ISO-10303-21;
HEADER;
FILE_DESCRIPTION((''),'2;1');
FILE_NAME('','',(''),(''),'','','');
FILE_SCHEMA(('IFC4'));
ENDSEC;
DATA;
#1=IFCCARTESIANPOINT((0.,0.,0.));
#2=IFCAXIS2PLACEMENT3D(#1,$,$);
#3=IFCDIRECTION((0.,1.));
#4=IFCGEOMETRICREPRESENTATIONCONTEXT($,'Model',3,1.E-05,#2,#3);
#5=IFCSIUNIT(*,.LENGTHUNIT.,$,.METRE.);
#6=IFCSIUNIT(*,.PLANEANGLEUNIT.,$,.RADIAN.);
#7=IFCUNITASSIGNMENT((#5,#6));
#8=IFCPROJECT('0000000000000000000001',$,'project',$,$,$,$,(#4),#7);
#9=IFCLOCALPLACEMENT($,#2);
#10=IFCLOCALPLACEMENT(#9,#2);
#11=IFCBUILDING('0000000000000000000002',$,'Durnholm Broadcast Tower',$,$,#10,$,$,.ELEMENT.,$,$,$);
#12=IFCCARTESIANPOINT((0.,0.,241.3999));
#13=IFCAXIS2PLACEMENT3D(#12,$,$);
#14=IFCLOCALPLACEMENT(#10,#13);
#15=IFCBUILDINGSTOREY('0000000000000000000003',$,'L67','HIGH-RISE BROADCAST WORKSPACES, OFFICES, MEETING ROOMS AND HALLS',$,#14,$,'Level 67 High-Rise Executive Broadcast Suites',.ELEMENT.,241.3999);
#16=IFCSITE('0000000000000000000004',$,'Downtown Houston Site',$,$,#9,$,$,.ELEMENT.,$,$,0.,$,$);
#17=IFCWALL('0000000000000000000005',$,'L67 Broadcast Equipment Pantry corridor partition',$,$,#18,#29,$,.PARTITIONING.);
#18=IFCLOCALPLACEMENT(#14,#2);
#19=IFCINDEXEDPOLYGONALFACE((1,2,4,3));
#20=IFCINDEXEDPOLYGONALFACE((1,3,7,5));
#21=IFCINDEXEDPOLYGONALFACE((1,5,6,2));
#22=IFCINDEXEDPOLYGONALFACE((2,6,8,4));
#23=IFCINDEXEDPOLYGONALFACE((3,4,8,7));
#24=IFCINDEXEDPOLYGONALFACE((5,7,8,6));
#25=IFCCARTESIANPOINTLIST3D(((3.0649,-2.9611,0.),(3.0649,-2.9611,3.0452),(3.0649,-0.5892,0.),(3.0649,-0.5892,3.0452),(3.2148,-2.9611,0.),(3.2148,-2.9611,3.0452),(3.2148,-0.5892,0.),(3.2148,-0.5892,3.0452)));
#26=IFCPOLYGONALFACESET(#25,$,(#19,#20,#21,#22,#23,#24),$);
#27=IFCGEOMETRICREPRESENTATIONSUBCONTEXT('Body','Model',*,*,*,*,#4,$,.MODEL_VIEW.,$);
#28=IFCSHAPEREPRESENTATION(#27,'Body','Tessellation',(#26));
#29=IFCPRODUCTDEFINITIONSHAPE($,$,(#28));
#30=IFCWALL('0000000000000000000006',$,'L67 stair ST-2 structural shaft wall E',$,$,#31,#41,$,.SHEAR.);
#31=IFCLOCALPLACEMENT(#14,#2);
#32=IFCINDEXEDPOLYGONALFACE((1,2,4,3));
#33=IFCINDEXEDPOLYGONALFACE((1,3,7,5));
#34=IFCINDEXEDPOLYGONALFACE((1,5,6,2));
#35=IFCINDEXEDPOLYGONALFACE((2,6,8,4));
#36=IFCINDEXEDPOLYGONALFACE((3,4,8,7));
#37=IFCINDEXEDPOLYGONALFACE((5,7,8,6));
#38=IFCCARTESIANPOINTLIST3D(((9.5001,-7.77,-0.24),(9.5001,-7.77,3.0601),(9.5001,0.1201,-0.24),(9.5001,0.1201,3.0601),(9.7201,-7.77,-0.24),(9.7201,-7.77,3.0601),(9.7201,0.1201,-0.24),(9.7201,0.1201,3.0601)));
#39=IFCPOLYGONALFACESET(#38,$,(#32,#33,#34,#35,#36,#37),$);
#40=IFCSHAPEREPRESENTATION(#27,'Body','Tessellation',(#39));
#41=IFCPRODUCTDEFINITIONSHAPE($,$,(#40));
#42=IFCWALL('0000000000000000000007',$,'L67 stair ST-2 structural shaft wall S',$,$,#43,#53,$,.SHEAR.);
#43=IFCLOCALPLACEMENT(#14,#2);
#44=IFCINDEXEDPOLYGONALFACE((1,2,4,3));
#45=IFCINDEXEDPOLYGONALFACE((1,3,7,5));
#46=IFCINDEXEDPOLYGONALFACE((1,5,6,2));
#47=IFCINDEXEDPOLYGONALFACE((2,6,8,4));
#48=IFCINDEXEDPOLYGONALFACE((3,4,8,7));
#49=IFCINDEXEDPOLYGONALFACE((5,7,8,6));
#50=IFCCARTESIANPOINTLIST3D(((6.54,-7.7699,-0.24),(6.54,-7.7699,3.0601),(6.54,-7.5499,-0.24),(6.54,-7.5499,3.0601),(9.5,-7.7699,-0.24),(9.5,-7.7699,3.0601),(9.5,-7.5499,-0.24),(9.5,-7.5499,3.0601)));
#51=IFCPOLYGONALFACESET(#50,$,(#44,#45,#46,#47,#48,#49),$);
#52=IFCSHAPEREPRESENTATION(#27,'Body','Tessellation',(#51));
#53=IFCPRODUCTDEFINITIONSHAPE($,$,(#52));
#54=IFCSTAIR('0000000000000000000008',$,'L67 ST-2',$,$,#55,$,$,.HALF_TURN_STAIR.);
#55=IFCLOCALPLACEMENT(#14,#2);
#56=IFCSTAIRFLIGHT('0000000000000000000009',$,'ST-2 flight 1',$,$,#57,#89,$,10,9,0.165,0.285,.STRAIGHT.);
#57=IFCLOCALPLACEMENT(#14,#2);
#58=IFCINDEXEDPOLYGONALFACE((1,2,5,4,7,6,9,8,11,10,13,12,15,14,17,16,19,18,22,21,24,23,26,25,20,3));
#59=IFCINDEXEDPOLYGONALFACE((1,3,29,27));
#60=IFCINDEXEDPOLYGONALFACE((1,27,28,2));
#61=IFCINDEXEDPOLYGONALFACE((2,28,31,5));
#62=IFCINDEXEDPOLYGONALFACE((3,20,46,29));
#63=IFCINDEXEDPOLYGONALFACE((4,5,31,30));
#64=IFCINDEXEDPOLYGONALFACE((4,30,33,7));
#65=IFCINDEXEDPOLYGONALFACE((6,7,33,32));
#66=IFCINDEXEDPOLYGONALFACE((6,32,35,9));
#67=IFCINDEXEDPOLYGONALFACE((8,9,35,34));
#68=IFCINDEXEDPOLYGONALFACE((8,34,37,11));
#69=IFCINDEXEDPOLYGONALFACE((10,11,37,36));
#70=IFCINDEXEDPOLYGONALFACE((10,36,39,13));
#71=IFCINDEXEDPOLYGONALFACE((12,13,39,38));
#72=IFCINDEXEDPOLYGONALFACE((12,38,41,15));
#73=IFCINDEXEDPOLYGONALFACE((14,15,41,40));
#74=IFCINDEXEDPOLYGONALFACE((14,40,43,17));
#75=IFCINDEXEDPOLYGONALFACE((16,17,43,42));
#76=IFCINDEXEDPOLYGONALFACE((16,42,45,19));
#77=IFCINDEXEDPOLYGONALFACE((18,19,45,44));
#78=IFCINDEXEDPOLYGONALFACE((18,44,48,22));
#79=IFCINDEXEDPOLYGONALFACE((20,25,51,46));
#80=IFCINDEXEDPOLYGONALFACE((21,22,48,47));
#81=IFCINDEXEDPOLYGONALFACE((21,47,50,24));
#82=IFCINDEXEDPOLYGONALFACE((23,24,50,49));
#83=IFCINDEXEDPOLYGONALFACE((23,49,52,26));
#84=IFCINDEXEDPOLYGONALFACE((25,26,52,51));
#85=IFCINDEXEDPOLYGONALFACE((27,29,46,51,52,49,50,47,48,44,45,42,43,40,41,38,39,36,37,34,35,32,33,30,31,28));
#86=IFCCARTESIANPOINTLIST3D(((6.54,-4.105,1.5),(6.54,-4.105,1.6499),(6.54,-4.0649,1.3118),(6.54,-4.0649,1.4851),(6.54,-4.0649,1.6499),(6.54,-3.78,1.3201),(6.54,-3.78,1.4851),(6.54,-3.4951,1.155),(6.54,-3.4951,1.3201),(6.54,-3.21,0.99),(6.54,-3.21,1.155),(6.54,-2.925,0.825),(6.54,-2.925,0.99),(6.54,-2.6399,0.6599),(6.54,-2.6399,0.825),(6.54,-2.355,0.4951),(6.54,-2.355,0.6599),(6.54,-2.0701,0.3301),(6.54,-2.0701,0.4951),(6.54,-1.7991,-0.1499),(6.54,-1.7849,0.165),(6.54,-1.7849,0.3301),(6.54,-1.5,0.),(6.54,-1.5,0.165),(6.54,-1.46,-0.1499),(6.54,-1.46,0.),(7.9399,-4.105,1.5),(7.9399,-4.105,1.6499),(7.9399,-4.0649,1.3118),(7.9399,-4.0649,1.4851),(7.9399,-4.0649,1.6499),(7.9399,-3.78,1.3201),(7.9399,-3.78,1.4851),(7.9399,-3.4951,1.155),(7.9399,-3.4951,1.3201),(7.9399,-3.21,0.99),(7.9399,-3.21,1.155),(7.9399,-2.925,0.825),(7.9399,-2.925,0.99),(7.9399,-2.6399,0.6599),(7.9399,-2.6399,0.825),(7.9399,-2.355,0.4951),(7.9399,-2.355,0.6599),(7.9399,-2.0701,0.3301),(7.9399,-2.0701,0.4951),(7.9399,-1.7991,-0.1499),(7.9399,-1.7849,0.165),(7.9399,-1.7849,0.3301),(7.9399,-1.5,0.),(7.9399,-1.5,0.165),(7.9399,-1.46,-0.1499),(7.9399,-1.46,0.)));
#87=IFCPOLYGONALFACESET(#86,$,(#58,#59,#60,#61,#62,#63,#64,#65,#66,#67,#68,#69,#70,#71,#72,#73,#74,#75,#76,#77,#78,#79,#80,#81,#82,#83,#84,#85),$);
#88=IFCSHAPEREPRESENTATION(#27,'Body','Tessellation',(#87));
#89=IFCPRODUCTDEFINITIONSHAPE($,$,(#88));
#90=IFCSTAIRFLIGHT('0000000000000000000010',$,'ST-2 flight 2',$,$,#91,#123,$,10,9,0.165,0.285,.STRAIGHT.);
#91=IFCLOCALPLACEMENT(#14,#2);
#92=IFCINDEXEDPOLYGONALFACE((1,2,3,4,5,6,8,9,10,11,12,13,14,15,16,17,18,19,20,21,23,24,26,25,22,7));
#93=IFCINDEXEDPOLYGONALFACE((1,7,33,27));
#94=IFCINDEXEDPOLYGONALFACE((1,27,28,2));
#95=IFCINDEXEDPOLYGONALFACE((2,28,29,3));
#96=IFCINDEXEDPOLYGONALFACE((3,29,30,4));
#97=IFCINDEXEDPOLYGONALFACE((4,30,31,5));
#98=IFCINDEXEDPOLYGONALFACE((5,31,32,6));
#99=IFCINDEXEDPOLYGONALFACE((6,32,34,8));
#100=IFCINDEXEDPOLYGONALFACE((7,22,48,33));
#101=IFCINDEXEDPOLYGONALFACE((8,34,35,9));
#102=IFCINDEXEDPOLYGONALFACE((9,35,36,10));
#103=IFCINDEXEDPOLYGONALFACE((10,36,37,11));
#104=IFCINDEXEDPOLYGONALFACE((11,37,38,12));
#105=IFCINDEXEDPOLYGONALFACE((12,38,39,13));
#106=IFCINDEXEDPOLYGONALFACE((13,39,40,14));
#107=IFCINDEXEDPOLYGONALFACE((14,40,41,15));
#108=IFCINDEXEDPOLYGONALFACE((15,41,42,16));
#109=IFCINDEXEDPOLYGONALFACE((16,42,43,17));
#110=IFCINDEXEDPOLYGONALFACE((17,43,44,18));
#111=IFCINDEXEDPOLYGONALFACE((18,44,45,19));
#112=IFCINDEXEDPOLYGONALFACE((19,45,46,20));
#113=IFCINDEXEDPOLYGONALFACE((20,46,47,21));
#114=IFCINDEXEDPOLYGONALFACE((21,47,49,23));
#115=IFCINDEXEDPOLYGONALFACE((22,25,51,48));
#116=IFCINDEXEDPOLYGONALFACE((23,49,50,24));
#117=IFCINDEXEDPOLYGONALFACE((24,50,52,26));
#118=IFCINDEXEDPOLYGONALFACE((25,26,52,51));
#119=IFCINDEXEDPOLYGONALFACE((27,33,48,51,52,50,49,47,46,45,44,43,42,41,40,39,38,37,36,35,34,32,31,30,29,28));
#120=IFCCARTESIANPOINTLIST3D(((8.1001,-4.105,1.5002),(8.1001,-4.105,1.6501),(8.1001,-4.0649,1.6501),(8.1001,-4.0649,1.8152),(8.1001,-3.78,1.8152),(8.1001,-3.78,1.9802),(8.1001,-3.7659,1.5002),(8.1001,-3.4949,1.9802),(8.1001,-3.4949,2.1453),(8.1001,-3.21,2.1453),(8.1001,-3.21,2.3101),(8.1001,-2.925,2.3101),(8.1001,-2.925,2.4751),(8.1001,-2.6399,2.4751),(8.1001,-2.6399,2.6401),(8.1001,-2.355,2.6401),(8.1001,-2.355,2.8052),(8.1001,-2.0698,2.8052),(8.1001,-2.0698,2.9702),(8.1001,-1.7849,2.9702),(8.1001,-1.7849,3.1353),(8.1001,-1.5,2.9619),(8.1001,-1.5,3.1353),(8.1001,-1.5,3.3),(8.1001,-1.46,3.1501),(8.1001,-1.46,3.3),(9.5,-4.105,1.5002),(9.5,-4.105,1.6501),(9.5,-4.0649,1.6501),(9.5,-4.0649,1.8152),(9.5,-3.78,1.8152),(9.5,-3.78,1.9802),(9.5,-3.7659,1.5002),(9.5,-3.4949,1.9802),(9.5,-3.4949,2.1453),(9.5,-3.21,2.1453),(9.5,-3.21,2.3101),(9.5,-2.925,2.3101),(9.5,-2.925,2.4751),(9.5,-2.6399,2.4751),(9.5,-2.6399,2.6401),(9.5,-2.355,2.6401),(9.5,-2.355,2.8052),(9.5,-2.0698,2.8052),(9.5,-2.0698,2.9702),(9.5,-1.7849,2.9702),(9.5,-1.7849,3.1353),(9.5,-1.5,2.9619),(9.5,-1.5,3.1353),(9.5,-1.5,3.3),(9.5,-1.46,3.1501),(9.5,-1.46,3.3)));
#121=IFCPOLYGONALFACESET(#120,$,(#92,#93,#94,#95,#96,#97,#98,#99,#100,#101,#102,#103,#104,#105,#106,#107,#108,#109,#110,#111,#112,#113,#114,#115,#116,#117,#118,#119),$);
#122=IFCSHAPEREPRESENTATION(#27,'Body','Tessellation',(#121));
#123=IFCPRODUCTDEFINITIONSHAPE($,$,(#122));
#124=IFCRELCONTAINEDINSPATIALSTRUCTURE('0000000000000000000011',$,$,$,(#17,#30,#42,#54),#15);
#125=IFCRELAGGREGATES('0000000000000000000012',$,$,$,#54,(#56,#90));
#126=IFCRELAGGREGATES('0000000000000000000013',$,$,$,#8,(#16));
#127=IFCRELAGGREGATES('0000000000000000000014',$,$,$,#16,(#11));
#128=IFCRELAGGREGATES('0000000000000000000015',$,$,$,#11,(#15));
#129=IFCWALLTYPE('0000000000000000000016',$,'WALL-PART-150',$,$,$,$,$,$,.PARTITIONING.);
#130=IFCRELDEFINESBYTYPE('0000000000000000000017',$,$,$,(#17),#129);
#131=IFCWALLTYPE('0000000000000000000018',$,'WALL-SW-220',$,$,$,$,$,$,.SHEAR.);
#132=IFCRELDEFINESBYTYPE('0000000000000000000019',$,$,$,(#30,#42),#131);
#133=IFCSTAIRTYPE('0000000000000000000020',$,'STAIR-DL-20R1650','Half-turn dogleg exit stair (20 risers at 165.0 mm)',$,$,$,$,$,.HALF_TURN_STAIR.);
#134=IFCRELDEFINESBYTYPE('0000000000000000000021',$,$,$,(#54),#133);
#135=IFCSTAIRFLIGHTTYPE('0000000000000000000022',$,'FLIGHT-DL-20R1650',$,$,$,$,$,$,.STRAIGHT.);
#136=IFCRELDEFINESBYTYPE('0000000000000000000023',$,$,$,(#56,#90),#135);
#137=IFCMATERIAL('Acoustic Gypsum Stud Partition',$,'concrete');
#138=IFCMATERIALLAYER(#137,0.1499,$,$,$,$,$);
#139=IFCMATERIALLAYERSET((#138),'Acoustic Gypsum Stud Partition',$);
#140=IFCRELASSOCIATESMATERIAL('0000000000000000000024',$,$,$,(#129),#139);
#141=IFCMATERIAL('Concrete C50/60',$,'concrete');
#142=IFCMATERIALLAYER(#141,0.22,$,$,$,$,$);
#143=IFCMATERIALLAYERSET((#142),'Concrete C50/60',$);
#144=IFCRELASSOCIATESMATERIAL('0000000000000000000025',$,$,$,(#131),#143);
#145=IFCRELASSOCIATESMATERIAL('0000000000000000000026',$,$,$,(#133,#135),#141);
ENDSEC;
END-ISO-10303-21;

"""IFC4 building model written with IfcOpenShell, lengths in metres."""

from ifc_helpers import new_model, si_unit, direction, frame, frame_2d, origin, place, context, subcontext, project, spatial, polyline, rectangle, outline, extrude, material, layer, layer_set, type_object, element, aggregate, save


model = new_model("IFC4")

# Units and contexts
model_context = context("Model", 3, precision=1e-05, world=origin(), true_north=direction((0.0, 1.0)))
body_context = subcontext(model_context, "Body", "Model", "MODEL_VIEW")
ifc_project = project(units=[si_unit("LENGTHUNIT", "METRE"), si_unit("PLANEANGLEUNIT", "RADIAN")], contexts=[model_context])

# Site, building, storey
site_placement = place(None, origin())
site = spatial("IfcSite", under=ifc_project, at=site_placement, Name="Downtown Houston Site", CompositionType="ELEMENT", RefElevation=0.0)
building_placement = place(site_placement, origin())
building = spatial("IfcBuilding", under=site, at=building_placement, Name="Durnholm Broadcast Tower", CompositionType="ELEMENT")
storey_placement = place(building_placement, frame((0.0, 0.0, 241.3999)))
storey = spatial("IfcBuildingStorey", under=building, at=storey_placement, Name="L67", Description="HIGH-RISE BROADCAST WORKSPACES, OFFICES, MEETING ROOMS AND HALLS", LongName="Level 67 High-Rise Executive Broadcast Suites", CompositionType="ELEMENT", Elevation=241.3999)

# Shared definitions
ifc_material_1 = material(Name="Acoustic Gypsum Stud Partition", Category="concrete")
ifc_layer_1 = layer(ifc_material_1, 0.1499)
ifc_layer_set_1 = layer_set([ifc_layer_1], Name="Acoustic Gypsum Stud Partition")
wall_type_1 = type_object("IfcWallType", Name="WALL-PART-150", PredefinedType="PARTITIONING", material=ifc_layer_set_1)

# Walls
wall_1_placement = place(storey_placement, frame((3.1399, -0.5891, 0.0), z_axis=(0.0, 0.0, 1.0), x_axis=(0.0, -1.0, 0.0)))
element("IfcWall", 1, at=wall_1_placement, inside=storey, type_object=wall_type_1, Name="L67 Broadcast Equipment Pantry corridor partition", PredefinedType="PARTITIONING", context=body_context, shape_type="SweptSolid", body=[
    extrude(rectangle(XDim=2.3718, YDim=0.1499, at=frame_2d((1.186, 0.0))), origin(), (0.0, 0.0, 1.0), 3.0452),
])
ifc_material_2 = material(Name="Concrete C50/60", Category="concrete")
ifc_layer_2 = layer(ifc_material_2, 0.22)
ifc_layer_set_2 = layer_set([ifc_layer_2], Name="Concrete C50/60")
wall_type_2 = type_object("IfcWallType", Name="WALL-SW-220", PredefinedType="SHEAR", material=ifc_layer_set_2)
wall_2_placement = place(storey_placement, frame((9.6101, -7.77, -0.24), z_axis=(0.0, 0.0, 1.0), x_axis=(0.0, 1.0, 0.0)))
element("IfcWall", 2, at=wall_2_placement, inside=storey, type_object=wall_type_2, Name="L67 stair ST-2 structural shaft wall E", PredefinedType="SHEAR", context=body_context, shape_type="SweptSolid", body=[
    extrude(rectangle(XDim=7.8901, YDim=0.22, at=frame_2d((3.9451, 0.0))), origin(), (0.0, 0.0, 1.0), 3.3),
])
wall_3_placement = place(storey_placement, frame((6.54, -7.6599, -0.24), z_axis=(0.0, 0.0, 1.0), x_axis=(1.0, 0.0, 0.0)))
element("IfcWall", 3, at=wall_3_placement, inside=storey, type_object=wall_type_2, Name="L67 stair ST-2 structural shaft wall S", PredefinedType="SHEAR", context=body_context, shape_type="SweptSolid", body=[
    extrude(rectangle(XDim=2.96, YDim=0.22, at=frame_2d((1.48, 0.0))), origin(), (0.0, 0.0, 1.0), 3.3),
])

# Stair, stair flights
stair_type = type_object("IfcStairType", Name="STAIR-DL-20R1650", Description="Half-turn dogleg exit stair (20 risers at 165.0 mm)", PredefinedType="HALF_TURN_STAIR", material=ifc_material_2)
stair_placement = place(storey_placement, origin())
stair = element("IfcStair", 4, at=stair_placement, inside=storey, type_object=stair_type, Name="L67 ST-2", PredefinedType="HALF_TURN_STAIR")
stair_flight_type = type_object("IfcStairFlightType", Name="FLIGHT-DL-20R1650", PredefinedType="STRAIGHT", material=ifc_material_2)
stair_flight_1_placement = place(storey_placement, frame((7.24, -1.5, 0.0), z_axis=(0.0, 0.0, 1.0), x_axis=(0.0, -1.0, 0.0)))
stair_flight_1 = element("IfcStairFlight", 5, at=stair_flight_1_placement, type_object=stair_flight_type, Name="ST-2 flight 1", NumberOfRisers=10, NumberOfTreads=9, PredefinedType="STRAIGHT", RiserHeight=0.165, TreadLength=0.285, context=body_context, shape_type="SweptSolid", body=[
    extrude(outline(polyline([(-0.04, -0.1499), (-0.04, 0.0), (0.0, 0.0), (0.0, 0.165), (0.2849, 0.165), (0.2849, 0.3301), (0.5701, 0.3301), (0.5701, 0.4951), (0.855, 0.4951), (0.855, 0.6599), (1.1399, 0.6599), (1.1399, 0.825), (1.425, 0.825), (1.425, 0.99), (1.71, 0.99), (1.71, 1.155), (1.9951, 1.155), (1.9951, 1.3201), (2.28, 1.3201), (2.28, 1.4851), (2.5649, 1.4851), (2.5649, 1.6499), (2.605, 1.6499), (2.605, 1.5), (2.5649, 1.3118), (0.2991, -0.1499), (-0.04, -0.1499)])), frame((0.0, 0.7, 0.0), z_axis=(0.0, -1.0, 0.0), x_axis=(1.0, 0.0, 0.0)), (0.0, 0.0, 1.0), 1.3999),
])
stair_flight_2_placement = place(storey_placement, frame((8.8, -4.0649, 1.6501), z_axis=(0.0, 0.0, 1.0), x_axis=(0.0, 1.0, 0.0)))
stair_flight_2 = element("IfcStairFlight", 6, at=stair_flight_2_placement, type_object=stair_flight_type, Name="ST-2 flight 2", NumberOfRisers=10, NumberOfTreads=9, PredefinedType="STRAIGHT", RiserHeight=0.165, TreadLength=0.285, context=body_context, shape_type="SweptSolid", body=[
    extrude(outline(polyline([(-0.04, -0.1499), (-0.04, 0.0), (0.0, 0.0), (0.0, 0.165), (0.2849, 0.165), (0.2849, 0.3301), (0.5701, 0.3301), (0.5701, 0.4951), (0.855, 0.4951), (0.855, 0.6599), (1.1399, 0.6599), (1.1399, 0.825), (1.425, 0.825), (1.425, 0.99), (1.71, 0.99), (1.71, 1.155), (1.9951, 1.155), (1.9951, 1.3201), (2.28, 1.3201), (2.28, 1.4851), (2.5649, 1.4851), (2.5649, 1.6499), (2.605, 1.6499), (2.605, 1.5), (2.5649, 1.3118), (0.2991, -0.1499), (-0.04, -0.1499)])), frame((0.0, 0.7, 0.0), z_axis=(0.0, -1.0, 0.0), x_axis=(1.0, 0.0, 0.0)), (0.0, 0.0, 1.0), 1.3999),
])
aggregate(stair, [stair_flight_1, stair_flight_2])

save(model, "model.ifc")
